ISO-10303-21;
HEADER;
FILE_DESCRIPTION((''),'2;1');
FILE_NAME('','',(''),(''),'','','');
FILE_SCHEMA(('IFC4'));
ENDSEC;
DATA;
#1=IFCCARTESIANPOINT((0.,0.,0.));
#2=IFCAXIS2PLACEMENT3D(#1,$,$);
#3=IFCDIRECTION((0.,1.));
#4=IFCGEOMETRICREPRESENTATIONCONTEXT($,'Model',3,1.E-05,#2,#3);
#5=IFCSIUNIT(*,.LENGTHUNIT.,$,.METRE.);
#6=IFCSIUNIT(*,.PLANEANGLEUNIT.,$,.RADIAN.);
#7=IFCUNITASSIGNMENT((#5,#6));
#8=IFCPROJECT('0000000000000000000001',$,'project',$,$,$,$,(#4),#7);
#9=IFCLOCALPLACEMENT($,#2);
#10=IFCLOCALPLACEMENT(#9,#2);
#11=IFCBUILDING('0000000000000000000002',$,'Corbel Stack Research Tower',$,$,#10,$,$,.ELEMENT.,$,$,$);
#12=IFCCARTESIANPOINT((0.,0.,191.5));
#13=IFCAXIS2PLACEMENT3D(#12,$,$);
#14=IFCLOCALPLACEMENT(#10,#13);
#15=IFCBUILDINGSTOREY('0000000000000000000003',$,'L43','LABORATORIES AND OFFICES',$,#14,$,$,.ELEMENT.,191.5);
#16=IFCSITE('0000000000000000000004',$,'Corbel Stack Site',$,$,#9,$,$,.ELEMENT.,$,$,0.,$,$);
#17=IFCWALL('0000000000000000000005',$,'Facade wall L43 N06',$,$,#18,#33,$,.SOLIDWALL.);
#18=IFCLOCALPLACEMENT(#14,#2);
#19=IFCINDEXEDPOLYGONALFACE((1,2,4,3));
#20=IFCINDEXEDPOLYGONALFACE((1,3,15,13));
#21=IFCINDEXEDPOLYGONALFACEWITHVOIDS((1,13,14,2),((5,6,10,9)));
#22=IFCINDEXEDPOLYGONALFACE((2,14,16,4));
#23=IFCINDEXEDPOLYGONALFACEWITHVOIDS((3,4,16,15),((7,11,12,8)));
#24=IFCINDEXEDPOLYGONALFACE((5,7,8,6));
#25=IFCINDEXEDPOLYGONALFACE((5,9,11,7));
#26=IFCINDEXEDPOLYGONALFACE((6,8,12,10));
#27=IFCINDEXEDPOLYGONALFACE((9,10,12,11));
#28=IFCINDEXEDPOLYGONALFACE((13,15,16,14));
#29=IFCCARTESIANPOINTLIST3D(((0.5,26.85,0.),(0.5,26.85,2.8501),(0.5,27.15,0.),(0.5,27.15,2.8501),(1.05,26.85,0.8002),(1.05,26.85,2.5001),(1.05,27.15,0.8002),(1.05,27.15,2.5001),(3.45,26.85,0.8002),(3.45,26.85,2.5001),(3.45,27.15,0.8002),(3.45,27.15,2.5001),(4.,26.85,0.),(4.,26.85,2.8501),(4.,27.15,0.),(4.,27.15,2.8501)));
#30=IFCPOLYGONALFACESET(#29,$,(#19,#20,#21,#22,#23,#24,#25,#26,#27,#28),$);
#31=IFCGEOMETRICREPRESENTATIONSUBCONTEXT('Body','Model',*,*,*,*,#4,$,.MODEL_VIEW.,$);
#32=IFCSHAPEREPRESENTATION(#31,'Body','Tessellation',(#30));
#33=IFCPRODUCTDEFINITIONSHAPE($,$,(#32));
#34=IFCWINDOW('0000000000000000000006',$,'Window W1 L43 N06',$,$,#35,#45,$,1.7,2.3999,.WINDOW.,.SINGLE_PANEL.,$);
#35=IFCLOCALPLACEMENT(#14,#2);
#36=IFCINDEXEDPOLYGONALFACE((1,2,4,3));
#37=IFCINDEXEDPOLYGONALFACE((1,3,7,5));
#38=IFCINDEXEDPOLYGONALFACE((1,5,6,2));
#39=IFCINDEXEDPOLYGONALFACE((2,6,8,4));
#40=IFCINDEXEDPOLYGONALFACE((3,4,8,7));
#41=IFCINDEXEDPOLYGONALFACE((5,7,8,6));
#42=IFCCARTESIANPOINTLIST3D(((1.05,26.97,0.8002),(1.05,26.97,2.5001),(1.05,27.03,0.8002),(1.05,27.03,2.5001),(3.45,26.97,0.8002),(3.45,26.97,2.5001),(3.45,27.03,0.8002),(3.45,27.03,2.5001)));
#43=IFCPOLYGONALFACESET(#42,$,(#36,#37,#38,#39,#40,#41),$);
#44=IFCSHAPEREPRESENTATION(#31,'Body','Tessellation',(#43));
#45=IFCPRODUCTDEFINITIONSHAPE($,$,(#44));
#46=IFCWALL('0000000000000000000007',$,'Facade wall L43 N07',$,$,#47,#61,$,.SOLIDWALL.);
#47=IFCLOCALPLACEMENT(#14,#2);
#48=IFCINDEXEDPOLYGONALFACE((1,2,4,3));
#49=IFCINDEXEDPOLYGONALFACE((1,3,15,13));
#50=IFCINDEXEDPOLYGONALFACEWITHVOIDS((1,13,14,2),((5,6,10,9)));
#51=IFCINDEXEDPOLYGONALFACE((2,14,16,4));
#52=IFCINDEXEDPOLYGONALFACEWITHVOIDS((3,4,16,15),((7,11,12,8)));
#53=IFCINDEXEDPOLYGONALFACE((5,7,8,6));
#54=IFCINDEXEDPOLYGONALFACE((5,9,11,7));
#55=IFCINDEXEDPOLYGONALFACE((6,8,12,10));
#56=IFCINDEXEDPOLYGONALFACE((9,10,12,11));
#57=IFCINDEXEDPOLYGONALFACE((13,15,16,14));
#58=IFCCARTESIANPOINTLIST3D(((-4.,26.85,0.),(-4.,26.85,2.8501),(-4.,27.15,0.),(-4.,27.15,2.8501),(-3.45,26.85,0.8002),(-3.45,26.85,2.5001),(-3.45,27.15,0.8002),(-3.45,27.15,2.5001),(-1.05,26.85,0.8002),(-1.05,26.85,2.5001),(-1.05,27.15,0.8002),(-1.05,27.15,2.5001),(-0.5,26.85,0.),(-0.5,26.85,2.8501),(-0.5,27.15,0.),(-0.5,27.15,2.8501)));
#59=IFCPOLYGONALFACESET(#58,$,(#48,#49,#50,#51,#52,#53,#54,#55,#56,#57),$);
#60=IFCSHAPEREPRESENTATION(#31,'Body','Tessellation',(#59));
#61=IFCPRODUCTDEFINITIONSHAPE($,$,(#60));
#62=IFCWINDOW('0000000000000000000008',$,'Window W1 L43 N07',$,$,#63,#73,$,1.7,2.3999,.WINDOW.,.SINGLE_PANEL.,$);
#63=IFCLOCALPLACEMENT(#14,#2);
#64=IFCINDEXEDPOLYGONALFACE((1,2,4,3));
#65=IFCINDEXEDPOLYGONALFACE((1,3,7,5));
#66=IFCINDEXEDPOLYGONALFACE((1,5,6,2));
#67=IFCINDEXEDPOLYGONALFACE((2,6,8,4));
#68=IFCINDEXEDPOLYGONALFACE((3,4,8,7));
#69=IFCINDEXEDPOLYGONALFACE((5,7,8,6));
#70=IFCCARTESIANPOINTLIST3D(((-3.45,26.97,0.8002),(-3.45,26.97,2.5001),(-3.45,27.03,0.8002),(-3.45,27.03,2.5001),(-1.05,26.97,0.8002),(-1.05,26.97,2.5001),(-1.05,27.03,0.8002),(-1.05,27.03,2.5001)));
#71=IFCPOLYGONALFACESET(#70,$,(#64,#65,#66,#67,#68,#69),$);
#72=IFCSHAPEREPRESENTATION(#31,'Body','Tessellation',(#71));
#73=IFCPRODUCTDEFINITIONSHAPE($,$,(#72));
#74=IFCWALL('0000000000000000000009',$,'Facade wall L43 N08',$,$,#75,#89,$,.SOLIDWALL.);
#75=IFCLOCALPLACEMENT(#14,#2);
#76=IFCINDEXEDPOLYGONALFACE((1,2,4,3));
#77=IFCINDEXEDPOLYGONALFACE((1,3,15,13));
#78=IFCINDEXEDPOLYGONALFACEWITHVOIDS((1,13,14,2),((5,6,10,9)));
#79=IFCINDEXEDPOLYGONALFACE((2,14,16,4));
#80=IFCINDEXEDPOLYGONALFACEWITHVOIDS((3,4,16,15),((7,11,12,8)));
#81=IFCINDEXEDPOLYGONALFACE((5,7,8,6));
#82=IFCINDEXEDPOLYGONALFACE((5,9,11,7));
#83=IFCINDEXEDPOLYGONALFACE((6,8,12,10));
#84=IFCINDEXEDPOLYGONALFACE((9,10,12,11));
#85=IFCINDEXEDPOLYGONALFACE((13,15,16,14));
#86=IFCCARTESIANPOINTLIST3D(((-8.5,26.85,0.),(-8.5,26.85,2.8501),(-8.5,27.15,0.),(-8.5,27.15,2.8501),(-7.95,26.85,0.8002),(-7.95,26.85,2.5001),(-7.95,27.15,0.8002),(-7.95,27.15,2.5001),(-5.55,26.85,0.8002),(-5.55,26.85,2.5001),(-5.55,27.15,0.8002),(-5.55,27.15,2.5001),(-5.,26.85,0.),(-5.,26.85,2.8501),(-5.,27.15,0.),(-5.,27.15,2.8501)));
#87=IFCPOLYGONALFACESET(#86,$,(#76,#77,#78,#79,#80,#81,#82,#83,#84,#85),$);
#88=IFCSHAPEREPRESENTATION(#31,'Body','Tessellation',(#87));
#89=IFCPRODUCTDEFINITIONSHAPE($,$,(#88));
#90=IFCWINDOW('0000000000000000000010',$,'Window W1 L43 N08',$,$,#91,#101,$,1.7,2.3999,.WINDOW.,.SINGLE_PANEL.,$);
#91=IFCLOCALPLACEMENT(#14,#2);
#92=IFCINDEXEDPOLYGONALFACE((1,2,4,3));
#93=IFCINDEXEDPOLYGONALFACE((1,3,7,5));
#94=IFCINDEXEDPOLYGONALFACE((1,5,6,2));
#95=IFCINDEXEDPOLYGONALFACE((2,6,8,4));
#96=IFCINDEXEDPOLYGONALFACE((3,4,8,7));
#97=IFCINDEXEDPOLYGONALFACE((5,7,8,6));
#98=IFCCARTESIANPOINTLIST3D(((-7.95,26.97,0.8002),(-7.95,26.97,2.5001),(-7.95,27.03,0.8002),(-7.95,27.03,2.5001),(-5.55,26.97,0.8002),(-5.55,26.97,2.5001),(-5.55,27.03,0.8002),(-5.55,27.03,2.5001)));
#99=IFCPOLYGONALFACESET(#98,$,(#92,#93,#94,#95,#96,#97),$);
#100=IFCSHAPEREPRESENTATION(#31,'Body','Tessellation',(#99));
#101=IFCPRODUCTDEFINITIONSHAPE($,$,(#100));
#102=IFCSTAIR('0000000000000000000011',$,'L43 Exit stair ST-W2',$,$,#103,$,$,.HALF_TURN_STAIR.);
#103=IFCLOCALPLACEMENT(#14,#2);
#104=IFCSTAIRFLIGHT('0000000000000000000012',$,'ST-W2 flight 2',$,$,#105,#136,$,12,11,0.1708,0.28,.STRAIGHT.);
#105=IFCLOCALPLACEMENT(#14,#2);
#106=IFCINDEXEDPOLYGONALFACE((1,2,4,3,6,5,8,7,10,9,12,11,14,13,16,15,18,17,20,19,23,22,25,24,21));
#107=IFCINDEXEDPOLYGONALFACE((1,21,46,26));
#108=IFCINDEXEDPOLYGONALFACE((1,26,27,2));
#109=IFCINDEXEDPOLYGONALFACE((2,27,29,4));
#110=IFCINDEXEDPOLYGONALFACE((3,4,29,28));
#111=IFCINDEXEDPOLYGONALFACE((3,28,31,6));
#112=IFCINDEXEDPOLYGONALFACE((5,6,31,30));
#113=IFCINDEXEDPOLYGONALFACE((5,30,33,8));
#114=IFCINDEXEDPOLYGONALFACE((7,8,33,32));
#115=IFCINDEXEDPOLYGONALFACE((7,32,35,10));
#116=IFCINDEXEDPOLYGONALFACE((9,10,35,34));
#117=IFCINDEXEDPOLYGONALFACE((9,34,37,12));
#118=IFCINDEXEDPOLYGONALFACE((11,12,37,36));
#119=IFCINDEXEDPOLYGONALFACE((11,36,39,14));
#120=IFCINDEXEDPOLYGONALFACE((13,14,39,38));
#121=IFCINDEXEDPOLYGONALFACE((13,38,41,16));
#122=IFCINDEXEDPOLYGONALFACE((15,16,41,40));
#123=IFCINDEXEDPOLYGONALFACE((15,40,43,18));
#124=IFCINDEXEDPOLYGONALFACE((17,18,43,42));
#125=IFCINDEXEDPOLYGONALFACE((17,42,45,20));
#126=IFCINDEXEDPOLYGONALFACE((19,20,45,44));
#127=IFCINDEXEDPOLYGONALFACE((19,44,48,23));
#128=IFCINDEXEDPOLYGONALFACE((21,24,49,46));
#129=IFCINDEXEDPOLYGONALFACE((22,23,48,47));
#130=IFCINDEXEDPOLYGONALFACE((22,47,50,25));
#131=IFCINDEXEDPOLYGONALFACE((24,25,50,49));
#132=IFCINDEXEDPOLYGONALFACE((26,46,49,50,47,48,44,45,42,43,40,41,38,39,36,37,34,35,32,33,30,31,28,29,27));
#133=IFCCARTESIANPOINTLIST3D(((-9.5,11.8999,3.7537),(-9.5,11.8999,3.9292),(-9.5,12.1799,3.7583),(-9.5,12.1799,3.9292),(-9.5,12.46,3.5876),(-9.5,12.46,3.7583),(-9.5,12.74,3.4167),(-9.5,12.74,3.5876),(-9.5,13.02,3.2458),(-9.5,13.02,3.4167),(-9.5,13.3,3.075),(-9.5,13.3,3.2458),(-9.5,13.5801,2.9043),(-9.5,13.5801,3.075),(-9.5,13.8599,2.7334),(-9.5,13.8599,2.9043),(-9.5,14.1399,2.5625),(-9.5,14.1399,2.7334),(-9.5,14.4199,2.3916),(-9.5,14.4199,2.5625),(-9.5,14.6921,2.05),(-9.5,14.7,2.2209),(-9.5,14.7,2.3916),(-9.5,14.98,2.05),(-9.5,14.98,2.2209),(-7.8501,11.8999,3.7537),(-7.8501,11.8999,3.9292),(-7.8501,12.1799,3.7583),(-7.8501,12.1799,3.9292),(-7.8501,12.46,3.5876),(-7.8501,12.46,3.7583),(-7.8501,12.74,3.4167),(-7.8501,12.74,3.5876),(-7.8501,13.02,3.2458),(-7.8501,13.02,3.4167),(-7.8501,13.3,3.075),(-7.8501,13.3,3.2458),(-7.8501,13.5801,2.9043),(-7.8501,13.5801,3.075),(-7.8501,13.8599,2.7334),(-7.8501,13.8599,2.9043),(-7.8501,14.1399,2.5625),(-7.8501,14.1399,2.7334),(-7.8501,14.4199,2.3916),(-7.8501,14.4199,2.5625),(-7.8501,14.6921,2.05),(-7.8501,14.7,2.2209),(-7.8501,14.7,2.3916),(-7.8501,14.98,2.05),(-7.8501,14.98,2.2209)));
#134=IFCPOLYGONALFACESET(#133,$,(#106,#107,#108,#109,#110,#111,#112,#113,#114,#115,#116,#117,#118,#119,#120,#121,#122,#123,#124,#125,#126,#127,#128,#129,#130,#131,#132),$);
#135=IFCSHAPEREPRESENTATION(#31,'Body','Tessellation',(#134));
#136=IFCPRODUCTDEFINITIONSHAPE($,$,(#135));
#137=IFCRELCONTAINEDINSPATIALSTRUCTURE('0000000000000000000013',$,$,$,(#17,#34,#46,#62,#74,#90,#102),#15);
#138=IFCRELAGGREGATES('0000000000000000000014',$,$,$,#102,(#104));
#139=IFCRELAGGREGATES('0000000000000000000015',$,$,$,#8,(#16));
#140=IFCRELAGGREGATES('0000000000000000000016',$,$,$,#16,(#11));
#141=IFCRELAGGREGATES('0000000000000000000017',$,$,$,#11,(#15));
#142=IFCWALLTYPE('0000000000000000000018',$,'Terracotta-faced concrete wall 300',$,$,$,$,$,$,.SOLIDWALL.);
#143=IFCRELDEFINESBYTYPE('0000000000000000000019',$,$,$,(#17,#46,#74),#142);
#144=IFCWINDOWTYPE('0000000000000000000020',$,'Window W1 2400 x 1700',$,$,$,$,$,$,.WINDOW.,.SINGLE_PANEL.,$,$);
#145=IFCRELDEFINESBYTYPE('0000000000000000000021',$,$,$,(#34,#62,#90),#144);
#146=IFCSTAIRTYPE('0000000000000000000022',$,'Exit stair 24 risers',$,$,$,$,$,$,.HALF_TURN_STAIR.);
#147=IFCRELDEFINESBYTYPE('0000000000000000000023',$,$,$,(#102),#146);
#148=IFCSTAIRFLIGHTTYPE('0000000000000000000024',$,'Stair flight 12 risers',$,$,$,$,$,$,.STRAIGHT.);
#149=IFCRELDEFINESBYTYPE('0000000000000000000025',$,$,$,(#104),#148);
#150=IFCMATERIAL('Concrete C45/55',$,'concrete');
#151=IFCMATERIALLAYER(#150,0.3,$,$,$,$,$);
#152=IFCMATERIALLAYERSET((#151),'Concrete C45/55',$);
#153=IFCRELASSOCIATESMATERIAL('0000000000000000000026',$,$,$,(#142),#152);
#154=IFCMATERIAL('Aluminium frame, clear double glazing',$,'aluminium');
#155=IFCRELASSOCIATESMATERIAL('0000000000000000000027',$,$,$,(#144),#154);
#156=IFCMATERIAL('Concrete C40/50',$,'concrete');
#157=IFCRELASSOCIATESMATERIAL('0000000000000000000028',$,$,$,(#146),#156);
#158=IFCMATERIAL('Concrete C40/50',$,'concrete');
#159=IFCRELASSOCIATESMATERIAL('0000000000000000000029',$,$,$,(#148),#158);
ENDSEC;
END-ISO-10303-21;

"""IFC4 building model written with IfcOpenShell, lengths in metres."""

from ifc_helpers import new_model, si_unit, direction, frame, frame_2d, origin, place, context, subcontext, project, spatial, polyline, rectangle, outline, extrude, material, layer, layer_set, type_object, element, fill, aggregate, save


model = new_model("IFC4")

# Units and contexts
model_context = context("Model", 3, precision=1e-05, world=origin(), true_north=direction((0.0, 1.0)))
body_context = subcontext(model_context, "Body", "Model", "MODEL_VIEW")
ifc_project = project(units=[si_unit("LENGTHUNIT", "METRE"), si_unit("PLANEANGLEUNIT", "RADIAN")], contexts=[model_context])

# Site, building, storey
site_placement = place(None, origin())
site = spatial("IfcSite", under=ifc_project, at=site_placement, Name="Corbel Stack Site", CompositionType="ELEMENT", RefElevation=0.0)
building_placement = place(site_placement, origin())
building = spatial("IfcBuilding", under=site, at=building_placement, Name="Corbel Stack Research Tower", CompositionType="ELEMENT")
storey_placement = place(building_placement, frame((0.0, 0.0, 191.5)))
storey = spatial("IfcBuildingStorey", under=building, at=storey_placement, Name="L43", Description="LABORATORIES AND OFFICES", CompositionType="ELEMENT", Elevation=191.5)

# Walls, openings, windows
ifc_material_1 = material(Name="Concrete C45/55", Category="concrete")
ifc_layer_1 = layer(ifc_material_1, 0.3)
ifc_layer_set_1 = layer_set([ifc_layer_1], Name="Concrete C45/55")
wall_type_1 = type_object("IfcWallType", Name="Terracotta-faced concrete wall 300", PredefinedType="SOLIDWALL", material=ifc_layer_set_1)
wall_1_placement = place(storey_placement, frame((0.5, 27.0, 0.0), z_axis=(0.0, 0.0, 1.0), x_axis=(1.0, 0.0, 0.0)))
wall_1 = element("IfcWall", 1, at=wall_1_placement, inside=storey, type_object=wall_type_1, Name="Facade wall L43 N06", PredefinedType="SOLIDWALL", context=body_context, shape_type="SweptSolid", body=[
    extrude(rectangle(XDim=3.5, YDim=0.3, at=frame_2d((1.75, 0.0))), origin(), (0.0, 0.0, 1.0), 2.8501),
])
opening_1_placement = place(wall_1_placement, frame((0.55, 0.0, 0.8)))
opening_1 = element("IfcOpeningElement", 2, at=opening_1_placement, cuts=wall_1, PredefinedType="OPENING", context=body_context, shape_type="SweptSolid", body=[
    extrude(rectangle(XDim=2.3999, YDim=1.7, at=frame_2d((1.2, 0.8501))), frame((0.0, 0.1599, 0.0), z_axis=(0.0, -1.0, 0.0), x_axis=(1.0, 0.0, 0.0)), (0.0, 0.0, 1.0), 0.3201),
])
ifc_material_2 = material(Name="Aluminium frame, clear double glazing", Category="aluminium")
window_type = type_object("IfcWindowType", Name="Window W1 2400 x 1700", PartitioningType="SINGLE_PANEL", PredefinedType="WINDOW", material=ifc_material_2)
window_1_placement = place(opening_1_placement, origin())
window_1 = element("IfcWindow", 3, at=window_1_placement, inside=storey, type_object=window_type, Name="Window W1 L43 N06", OverallHeight=1.7, OverallWidth=2.3999, PartitioningType="SINGLE_PANEL", PredefinedType="WINDOW", context=body_context, shape_type="SweptSolid", body=[
    extrude(rectangle(XDim=2.3999, YDim=1.7, at=frame_2d((1.2, 0.8501))), frame((0.0, 0.03, 0.0), z_axis=(0.0, -1.0, 0.0), x_axis=(1.0, 0.0, 0.0)), (0.0, 0.0, 1.0), 0.0601),
])
fill(opening_1, window_1)
wall_2_placement = place(storey_placement, frame((-4.0, 27.0, 0.0), z_axis=(0.0, 0.0, 1.0), x_axis=(1.0, 0.0, 0.0)))
wall_2 = element("IfcWall", 4, at=wall_2_placement, inside=storey, type_object=wall_type_1, Name="Facade wall L43 N07", PredefinedType="SOLIDWALL", context=body_context, shape_type="SweptSolid", body=[
    extrude(rectangle(XDim=3.5, YDim=0.3, at=frame_2d((1.75, 0.0))), origin(), (0.0, 0.0, 1.0), 2.8501),
])
opening_2_placement = place(wall_2_placement, frame((0.55, 0.0, 0.8)))
opening_2 = element("IfcOpeningElement", 5, at=opening_2_placement, cuts=wall_2, PredefinedType="OPENING", context=body_context, shape_type="SweptSolid", body=[
    extrude(rectangle(XDim=2.3999, YDim=1.7, at=frame_2d((1.2, 0.8501))), frame((0.0, 0.1599, 0.0), z_axis=(0.0, -1.0, 0.0), x_axis=(1.0, 0.0, 0.0)), (0.0, 0.0, 1.0), 0.3201),
])
window_2_placement = place(opening_2_placement, origin())
window_2 = element("IfcWindow", 6, at=window_2_placement, inside=storey, type_object=window_type, Name="Window W1 L43 N07", OverallHeight=1.7, OverallWidth=2.3999, PartitioningType="SINGLE_PANEL", PredefinedType="WINDOW", context=body_context, shape_type="SweptSolid", body=[
    extrude(rectangle(XDim=2.3999, YDim=1.7, at=frame_2d((1.2, 0.8501))), frame((0.0, 0.03, 0.0), z_axis=(0.0, -1.0, 0.0), x_axis=(1.0, 0.0, 0.0)), (0.0, 0.0, 1.0), 0.0601),
])
fill(opening_2, window_2)
wall_3_placement = place(storey_placement, frame((-8.5, 27.0, 0.0), z_axis=(0.0, 0.0, 1.0), x_axis=(1.0, 0.0, 0.0)))
wall_3 = element("IfcWall", 7, at=wall_3_placement, inside=storey, type_object=wall_type_1, Name="Facade wall L43 N08", PredefinedType="SOLIDWALL", context=body_context, shape_type="SweptSolid", body=[
    extrude(rectangle(XDim=3.5, YDim=0.3, at=frame_2d((1.75, 0.0))), origin(), (0.0, 0.0, 1.0), 2.8501),
])
opening_3_placement = place(wall_3_placement, frame((0.55, 0.0, 0.8)))
opening_3 = element("IfcOpeningElement", 8, at=opening_3_placement, cuts=wall_3, PredefinedType="OPENING", context=body_context, shape_type="SweptSolid", body=[
    extrude(rectangle(XDim=2.3999, YDim=1.7, at=frame_2d((1.2, 0.8501))), frame((0.0, 0.1599, 0.0), z_axis=(0.0, -1.0, 0.0), x_axis=(1.0, 0.0, 0.0)), (0.0, 0.0, 1.0), 0.3201),
])
window_3_placement = place(opening_3_placement, origin())
window_3 = element("IfcWindow", 9, at=window_3_placement, inside=storey, type_object=window_type, Name="Window W1 L43 N08", OverallHeight=1.7, OverallWidth=2.3999, PartitioningType="SINGLE_PANEL", PredefinedType="WINDOW", context=body_context, shape_type="SweptSolid", body=[
    extrude(rectangle(XDim=2.3999, YDim=1.7, at=frame_2d((1.2, 0.8501))), frame((0.0, 0.03, 0.0), z_axis=(0.0, -1.0, 0.0), x_axis=(1.0, 0.0, 0.0)), (0.0, 0.0, 1.0), 0.0601),
])
fill(opening_3, window_3)

# Stair, stair flight
ifc_material_3 = material(Name="Concrete C40/50", Category="concrete")
stair_type = type_object("IfcStairType", Name="Exit stair 24 risers", PredefinedType="HALF_TURN_STAIR", material=ifc_material_3)
stair_placement = place(storey_placement, origin())
stair = element("IfcStair", 10, at=stair_placement, inside=storey, type_object=stair_type, Name="L43 Exit stair ST-W2", PredefinedType="HALF_TURN_STAIR")
ifc_material_4 = material(Name="Concrete C40/50", Category="concrete")
stair_flight_type = type_object("IfcStairFlightType", Name="Stair flight 12 risers", PredefinedType="STRAIGHT", material=ifc_material_4)
stair_flight_placement = place(storey_placement, frame((-8.675, 14.98, 2.05), z_axis=(0.0, 0.0, 1.0), x_axis=(0.0, -1.0, 0.0)))
stair_flight = element("IfcStairFlight", 11, at=stair_flight_placement, type_object=stair_flight_type, Name="ST-W2 flight 2", NumberOfRisers=12, NumberOfTreads=11, PredefinedType="STRAIGHT", RiserHeight=0.1708, TreadLength=0.28, context=body_context, shape_type="SweptSolid", body=[
    extrude(outline(polyline([(0.0, 0.0), (0.0, 0.1709), (0.28, 0.1709), (0.28, 0.3416), (0.5601, 0.3416), (0.5601, 0.5125), (0.8401, 0.5125), (0.8401, 0.6833), (1.1201, 0.6833), (1.1201, 0.8542), (1.3999, 0.8542), (1.3999, 1.0249), (1.6799, 1.0249), (1.6799, 1.1958), (1.96, 1.1958), (1.96, 1.3667), (2.24, 1.3667), (2.24, 1.5376), (2.52, 1.5376), (2.52, 1.7083), (2.8, 1.7083), (2.8, 1.8792), (3.0801, 1.8792), (3.0801, 2.05), (3.0801, 1.7036), (0.2878, 0.0), (0.0, 0.0)])), frame((0.0, 0.825, 0.0), z_axis=(0.0, -1.0, 0.0), x_axis=(1.0, 0.0, 0.0)), (0.0, 0.0, 1.0), 1.6499),
])
aggregate(stair, [stair_flight])

save(model, "model.ifc")
